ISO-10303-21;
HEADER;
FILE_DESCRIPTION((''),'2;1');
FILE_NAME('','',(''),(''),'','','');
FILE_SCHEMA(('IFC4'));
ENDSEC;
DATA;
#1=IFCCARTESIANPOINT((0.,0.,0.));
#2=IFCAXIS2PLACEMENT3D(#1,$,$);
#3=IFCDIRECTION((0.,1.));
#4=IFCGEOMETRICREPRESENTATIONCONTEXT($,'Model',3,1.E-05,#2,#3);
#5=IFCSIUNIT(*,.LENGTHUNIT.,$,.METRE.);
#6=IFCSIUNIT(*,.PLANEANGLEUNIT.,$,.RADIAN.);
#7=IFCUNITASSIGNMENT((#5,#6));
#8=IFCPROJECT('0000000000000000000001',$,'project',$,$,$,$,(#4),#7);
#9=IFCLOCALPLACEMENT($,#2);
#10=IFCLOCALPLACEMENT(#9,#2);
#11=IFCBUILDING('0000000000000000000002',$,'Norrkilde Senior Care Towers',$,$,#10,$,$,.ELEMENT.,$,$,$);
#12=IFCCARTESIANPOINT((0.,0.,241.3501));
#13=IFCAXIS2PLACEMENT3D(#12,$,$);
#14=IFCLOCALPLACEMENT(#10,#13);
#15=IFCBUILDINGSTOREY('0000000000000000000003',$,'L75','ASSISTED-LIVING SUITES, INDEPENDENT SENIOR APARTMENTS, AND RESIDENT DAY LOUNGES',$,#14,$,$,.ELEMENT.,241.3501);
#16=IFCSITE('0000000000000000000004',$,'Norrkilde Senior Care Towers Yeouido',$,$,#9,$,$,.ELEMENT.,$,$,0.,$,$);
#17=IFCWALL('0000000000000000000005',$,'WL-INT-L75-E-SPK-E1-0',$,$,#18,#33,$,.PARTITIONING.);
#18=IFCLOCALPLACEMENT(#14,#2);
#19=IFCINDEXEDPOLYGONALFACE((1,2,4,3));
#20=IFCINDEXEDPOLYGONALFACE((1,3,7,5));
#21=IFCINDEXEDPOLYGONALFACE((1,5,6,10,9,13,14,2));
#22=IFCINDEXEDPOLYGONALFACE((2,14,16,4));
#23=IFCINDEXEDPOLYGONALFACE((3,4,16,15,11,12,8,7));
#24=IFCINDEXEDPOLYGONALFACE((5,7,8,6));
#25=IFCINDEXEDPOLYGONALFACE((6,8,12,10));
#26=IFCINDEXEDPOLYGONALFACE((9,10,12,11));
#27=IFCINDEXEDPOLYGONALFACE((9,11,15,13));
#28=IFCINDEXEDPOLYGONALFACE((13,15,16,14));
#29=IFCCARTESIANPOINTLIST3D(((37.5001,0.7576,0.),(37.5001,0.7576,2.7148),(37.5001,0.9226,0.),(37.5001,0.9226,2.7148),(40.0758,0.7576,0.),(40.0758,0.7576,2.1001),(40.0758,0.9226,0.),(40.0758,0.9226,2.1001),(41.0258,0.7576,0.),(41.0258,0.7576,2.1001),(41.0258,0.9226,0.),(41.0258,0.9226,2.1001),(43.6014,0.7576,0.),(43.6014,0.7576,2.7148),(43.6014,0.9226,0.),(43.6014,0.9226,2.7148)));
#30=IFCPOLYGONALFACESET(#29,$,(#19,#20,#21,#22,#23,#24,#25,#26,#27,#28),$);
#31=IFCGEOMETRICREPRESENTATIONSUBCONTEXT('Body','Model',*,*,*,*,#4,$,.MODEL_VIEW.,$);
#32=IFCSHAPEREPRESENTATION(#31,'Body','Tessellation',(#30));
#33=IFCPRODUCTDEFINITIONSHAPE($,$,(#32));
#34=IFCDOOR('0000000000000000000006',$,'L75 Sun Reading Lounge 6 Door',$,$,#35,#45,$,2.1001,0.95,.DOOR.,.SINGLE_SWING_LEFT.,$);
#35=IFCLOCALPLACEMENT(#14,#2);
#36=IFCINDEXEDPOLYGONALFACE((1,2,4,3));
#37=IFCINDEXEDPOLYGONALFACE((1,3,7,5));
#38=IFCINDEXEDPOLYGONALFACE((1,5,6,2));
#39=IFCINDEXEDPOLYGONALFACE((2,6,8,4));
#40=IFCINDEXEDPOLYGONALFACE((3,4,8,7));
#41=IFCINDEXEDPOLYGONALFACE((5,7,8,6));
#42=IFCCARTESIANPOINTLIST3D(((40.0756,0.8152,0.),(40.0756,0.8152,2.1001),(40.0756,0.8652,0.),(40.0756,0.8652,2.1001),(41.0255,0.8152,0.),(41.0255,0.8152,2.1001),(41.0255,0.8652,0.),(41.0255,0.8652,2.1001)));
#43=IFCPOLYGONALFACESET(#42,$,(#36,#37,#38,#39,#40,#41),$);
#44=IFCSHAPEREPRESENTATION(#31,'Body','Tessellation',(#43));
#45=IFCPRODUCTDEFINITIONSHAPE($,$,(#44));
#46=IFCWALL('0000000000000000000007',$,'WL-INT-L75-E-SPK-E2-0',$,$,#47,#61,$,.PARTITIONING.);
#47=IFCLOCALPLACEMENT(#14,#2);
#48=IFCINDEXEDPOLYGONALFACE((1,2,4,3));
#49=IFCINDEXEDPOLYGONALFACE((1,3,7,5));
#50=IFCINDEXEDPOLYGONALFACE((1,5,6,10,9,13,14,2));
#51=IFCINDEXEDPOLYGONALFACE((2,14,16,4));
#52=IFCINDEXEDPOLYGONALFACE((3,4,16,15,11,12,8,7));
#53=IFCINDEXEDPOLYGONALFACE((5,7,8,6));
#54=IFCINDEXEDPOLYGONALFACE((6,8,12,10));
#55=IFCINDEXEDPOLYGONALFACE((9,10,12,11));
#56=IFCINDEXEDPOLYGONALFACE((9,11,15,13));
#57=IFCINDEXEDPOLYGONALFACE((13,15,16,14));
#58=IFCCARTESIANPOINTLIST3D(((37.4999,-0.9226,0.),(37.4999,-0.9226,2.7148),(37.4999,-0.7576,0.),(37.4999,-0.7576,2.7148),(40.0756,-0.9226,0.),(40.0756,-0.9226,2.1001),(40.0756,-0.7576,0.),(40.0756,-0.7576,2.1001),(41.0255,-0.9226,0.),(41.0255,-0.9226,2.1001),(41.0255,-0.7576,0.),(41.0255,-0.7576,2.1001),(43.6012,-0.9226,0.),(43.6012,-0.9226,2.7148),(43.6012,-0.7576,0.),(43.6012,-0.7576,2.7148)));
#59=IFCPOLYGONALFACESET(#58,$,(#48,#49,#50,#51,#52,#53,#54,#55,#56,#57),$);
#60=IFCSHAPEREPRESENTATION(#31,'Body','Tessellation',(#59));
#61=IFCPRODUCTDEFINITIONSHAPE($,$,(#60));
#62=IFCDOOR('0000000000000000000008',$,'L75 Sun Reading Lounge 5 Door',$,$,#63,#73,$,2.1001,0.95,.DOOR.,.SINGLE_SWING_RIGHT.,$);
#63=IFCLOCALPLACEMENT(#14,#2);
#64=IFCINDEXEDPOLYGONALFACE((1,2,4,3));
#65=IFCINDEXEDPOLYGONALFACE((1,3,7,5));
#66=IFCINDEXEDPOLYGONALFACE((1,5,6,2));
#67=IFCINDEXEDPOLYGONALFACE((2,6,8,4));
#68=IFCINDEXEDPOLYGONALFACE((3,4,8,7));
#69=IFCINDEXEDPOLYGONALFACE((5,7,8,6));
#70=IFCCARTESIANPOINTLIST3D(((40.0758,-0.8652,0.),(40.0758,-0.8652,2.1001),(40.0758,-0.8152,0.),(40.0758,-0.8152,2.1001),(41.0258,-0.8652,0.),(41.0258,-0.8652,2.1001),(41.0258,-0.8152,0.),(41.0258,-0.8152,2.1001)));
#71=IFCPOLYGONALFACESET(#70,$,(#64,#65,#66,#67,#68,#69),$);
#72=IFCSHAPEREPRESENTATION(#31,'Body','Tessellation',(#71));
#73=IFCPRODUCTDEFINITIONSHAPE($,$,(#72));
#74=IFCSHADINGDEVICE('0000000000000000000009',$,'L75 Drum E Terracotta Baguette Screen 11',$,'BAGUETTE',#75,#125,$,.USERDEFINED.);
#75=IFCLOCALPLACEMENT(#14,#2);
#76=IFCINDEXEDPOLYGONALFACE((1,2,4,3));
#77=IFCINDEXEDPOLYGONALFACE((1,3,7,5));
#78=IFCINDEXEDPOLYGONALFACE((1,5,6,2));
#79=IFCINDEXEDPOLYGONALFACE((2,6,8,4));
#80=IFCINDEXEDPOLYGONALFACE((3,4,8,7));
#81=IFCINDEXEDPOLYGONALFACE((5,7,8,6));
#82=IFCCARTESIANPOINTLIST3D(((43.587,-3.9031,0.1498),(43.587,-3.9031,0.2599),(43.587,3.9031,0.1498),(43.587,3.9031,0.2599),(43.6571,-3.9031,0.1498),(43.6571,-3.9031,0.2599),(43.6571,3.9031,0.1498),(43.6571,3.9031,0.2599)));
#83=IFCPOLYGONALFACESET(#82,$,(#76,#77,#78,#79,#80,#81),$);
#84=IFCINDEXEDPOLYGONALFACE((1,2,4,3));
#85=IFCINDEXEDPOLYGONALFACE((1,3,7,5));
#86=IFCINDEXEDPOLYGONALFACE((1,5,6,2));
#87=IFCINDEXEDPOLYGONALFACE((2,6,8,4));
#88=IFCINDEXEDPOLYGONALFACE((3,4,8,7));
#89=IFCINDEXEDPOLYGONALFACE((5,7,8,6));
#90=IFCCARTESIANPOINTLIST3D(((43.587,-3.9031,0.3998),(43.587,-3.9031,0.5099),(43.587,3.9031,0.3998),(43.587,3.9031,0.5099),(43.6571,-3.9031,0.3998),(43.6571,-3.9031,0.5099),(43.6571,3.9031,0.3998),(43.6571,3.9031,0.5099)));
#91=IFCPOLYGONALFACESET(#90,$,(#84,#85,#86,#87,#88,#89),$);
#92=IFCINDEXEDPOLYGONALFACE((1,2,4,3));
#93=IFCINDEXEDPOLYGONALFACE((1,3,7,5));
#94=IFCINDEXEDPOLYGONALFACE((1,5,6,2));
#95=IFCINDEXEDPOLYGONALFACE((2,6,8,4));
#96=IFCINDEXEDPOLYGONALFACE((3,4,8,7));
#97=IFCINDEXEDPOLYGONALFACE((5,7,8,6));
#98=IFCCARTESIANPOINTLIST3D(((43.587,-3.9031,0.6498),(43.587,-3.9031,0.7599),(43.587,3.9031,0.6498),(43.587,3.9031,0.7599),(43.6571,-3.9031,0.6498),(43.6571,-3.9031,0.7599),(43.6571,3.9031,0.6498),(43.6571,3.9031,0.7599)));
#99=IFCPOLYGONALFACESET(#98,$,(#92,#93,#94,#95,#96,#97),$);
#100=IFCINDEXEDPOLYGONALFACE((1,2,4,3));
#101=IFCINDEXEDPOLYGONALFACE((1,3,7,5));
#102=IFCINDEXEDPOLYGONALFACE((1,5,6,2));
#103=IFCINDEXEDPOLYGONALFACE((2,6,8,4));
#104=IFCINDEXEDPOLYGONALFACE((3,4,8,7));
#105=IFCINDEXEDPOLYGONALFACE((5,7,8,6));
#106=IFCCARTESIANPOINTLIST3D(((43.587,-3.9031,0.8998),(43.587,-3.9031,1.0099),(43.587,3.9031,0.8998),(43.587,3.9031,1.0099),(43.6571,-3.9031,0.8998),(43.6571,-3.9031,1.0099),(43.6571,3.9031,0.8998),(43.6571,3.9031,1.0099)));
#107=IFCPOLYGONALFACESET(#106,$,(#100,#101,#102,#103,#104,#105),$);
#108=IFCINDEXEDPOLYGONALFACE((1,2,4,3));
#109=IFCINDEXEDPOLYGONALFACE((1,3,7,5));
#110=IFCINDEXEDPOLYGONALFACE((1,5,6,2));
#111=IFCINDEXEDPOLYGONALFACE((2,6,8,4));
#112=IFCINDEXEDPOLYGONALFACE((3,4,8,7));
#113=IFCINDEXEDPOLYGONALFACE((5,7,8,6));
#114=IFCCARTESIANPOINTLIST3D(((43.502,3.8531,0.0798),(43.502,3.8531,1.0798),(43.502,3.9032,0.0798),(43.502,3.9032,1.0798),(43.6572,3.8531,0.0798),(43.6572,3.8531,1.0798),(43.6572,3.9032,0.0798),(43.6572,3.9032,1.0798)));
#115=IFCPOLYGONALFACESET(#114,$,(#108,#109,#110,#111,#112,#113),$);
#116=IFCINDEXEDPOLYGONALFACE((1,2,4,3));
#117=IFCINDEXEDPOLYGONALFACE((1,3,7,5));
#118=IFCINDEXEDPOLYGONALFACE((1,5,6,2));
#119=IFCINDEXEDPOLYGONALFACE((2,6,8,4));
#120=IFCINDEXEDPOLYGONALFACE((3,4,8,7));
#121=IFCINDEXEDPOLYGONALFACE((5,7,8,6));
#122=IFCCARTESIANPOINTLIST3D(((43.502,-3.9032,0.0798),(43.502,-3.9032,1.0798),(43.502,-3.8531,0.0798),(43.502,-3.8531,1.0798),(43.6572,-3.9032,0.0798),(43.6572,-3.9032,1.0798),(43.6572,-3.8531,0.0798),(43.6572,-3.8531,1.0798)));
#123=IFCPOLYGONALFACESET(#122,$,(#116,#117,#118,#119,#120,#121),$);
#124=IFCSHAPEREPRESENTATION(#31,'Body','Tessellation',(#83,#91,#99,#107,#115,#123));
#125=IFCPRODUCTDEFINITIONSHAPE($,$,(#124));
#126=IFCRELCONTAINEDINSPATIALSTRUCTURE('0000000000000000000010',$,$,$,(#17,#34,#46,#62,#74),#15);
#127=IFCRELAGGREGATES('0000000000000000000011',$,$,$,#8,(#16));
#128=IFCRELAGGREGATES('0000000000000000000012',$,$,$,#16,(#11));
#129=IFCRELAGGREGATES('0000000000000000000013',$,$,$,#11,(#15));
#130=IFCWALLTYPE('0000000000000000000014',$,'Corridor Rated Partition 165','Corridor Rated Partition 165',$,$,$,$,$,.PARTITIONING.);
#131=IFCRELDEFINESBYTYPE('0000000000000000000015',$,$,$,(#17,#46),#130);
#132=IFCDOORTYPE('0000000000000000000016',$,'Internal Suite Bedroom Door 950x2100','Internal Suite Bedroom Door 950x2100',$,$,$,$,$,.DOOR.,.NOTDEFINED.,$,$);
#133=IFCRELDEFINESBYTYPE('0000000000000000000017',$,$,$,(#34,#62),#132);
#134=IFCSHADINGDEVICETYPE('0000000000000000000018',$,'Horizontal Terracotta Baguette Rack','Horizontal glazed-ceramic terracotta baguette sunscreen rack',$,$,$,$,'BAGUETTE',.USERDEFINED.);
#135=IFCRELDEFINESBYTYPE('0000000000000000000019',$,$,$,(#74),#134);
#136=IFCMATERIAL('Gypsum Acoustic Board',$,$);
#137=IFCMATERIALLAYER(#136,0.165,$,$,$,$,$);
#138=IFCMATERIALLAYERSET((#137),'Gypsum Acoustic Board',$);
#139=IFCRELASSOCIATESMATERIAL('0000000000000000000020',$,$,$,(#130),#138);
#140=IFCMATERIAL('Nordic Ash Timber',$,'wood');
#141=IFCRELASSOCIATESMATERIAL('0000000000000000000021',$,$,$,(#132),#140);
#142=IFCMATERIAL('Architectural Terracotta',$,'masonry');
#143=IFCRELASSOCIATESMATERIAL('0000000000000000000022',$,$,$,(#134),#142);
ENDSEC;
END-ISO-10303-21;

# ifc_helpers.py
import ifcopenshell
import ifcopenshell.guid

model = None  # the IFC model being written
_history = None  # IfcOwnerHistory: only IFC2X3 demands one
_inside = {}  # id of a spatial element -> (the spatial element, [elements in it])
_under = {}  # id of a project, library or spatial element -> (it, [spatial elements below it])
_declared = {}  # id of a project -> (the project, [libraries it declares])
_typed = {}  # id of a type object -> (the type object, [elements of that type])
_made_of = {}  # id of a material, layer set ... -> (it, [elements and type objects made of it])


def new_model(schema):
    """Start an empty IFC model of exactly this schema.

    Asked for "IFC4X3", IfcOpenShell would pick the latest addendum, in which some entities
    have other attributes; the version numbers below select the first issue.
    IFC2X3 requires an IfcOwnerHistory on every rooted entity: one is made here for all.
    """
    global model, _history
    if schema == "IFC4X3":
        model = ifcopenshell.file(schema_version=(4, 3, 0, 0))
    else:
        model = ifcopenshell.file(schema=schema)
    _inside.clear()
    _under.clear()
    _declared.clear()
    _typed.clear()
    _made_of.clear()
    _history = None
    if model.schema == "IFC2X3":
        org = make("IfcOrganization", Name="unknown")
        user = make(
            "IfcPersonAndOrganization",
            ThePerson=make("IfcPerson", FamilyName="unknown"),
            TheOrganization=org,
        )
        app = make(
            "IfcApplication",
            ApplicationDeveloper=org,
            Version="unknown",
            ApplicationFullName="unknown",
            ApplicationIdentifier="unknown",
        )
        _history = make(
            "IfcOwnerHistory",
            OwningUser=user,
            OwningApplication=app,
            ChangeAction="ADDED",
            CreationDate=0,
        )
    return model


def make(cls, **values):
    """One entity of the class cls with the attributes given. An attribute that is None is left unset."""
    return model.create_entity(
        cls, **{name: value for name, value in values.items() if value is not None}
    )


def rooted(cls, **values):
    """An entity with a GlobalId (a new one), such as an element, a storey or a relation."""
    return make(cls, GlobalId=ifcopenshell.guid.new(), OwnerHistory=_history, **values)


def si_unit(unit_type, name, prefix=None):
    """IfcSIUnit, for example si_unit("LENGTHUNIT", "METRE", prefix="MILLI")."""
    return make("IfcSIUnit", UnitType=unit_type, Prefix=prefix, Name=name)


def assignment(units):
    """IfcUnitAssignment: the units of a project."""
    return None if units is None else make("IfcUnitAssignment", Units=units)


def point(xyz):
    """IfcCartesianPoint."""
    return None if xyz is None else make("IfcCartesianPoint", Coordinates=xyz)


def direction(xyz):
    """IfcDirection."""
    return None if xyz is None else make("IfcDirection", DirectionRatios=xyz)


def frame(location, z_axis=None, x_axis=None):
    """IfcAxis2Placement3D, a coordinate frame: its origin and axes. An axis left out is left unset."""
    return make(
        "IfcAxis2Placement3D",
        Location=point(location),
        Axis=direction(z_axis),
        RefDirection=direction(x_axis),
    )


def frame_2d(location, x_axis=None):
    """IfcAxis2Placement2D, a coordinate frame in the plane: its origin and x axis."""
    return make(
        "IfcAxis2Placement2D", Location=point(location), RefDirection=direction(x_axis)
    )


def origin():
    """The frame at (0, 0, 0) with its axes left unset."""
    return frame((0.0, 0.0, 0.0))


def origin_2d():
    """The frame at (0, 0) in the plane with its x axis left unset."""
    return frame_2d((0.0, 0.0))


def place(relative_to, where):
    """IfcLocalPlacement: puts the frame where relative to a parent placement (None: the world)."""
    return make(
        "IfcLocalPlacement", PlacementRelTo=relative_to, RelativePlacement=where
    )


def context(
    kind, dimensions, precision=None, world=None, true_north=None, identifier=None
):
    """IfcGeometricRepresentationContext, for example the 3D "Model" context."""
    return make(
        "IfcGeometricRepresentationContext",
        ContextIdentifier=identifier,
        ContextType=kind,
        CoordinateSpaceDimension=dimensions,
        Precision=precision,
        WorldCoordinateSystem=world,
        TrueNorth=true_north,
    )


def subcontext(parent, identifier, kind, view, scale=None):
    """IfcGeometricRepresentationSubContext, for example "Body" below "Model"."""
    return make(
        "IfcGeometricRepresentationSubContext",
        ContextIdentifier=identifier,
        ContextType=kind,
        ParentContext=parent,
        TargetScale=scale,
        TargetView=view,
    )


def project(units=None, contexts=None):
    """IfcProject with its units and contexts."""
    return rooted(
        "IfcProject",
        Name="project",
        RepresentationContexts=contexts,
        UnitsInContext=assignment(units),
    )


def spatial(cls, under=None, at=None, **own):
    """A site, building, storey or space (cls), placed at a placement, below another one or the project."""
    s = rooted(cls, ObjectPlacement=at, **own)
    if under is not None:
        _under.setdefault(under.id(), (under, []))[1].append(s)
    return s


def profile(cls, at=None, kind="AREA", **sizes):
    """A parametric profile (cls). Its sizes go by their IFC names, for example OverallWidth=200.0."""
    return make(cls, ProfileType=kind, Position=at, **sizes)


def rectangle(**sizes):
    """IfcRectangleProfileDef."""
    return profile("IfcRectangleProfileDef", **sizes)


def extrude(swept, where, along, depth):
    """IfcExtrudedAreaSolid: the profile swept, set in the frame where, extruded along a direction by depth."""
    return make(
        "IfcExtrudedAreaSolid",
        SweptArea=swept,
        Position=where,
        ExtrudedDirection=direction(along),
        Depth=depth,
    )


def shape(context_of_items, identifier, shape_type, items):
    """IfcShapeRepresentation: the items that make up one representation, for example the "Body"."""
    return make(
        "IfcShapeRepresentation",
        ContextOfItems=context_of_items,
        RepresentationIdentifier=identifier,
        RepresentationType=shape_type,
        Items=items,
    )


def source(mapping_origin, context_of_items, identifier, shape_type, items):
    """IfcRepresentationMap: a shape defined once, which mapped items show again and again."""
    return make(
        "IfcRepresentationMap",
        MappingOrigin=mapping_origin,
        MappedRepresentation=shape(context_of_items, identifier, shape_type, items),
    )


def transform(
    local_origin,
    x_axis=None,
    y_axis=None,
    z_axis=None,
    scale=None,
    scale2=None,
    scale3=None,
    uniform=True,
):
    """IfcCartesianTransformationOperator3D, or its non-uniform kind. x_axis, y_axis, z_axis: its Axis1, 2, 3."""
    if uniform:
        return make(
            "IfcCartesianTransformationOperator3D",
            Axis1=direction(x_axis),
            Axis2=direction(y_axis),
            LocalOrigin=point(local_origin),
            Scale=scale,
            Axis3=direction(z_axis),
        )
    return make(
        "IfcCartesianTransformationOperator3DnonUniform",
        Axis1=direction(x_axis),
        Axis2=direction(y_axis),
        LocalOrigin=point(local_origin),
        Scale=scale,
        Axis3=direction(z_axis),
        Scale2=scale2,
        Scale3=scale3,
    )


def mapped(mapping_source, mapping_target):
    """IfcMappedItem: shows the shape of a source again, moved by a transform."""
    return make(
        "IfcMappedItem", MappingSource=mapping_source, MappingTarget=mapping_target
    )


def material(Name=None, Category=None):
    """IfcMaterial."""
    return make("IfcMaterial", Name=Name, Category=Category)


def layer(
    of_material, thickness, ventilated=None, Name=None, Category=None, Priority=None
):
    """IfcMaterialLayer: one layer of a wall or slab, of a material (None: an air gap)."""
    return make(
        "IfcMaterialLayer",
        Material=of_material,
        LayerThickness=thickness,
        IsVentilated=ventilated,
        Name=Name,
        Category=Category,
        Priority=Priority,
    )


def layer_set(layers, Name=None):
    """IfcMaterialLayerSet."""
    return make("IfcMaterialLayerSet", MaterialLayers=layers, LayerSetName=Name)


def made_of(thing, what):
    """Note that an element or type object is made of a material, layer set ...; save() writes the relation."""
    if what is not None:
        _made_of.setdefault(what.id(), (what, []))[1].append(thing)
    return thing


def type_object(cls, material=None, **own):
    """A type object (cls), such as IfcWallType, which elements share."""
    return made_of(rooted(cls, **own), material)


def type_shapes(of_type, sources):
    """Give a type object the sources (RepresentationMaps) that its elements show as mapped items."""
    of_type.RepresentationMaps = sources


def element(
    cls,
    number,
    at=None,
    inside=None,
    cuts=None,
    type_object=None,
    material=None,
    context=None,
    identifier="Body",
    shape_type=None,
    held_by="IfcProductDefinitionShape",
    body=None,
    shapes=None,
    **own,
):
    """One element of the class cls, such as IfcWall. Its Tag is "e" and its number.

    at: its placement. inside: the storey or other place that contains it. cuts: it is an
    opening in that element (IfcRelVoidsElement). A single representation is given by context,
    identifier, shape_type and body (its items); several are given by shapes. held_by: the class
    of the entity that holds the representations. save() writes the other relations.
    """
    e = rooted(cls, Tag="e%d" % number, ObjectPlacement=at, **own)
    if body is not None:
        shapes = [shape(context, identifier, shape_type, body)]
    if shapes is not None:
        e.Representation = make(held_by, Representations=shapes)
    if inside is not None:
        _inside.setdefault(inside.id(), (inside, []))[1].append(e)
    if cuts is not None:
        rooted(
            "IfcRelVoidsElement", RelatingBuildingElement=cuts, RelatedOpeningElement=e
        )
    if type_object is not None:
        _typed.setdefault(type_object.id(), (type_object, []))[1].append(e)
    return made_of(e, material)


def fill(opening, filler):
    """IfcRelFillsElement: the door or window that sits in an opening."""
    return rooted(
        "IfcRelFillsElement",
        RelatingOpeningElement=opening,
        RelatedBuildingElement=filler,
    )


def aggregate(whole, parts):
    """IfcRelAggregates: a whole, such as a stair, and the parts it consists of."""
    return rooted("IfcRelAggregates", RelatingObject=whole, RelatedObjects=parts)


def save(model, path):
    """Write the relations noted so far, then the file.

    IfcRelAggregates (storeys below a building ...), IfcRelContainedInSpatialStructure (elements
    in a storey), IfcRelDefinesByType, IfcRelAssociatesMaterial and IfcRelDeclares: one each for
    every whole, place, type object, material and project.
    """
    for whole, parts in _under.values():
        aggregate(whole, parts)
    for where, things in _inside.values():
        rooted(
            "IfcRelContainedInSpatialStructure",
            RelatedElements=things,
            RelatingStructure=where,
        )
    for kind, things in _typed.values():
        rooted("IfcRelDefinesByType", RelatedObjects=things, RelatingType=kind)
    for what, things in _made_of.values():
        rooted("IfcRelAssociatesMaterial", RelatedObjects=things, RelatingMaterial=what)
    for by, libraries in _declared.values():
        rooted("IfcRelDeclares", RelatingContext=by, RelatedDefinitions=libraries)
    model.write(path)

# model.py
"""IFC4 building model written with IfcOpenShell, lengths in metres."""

from ifc_helpers import new_model, si_unit, direction, frame, frame_2d, origin, origin_2d, place, context, subcontext, project, spatial, rectangle, extrude, source, transform, mapped, material, layer, layer_set, type_object, type_shapes, element, fill, save


model = new_model("IFC4")

# Units and contexts
model_context = context("Model", 3, precision=1e-05, world=origin(), true_north=direction((0.0, 1.0)))
body_context = subcontext(model_context, "Body", "Model", "MODEL_VIEW")
ifc_project = project(units=[si_unit("LENGTHUNIT", "METRE"), si_unit("PLANEANGLEUNIT", "RADIAN")], contexts=[model_context])

# Site, building, storey
site_placement = place(None, origin())
site = spatial("IfcSite", under=ifc_project, at=site_placement, Name="Norrkilde Senior Care Towers Yeouido", CompositionType="ELEMENT", RefElevation=0.0)
building_placement = place(site_placement, origin())
building = spatial("IfcBuilding", under=site, at=building_placement, Name="Norrkilde Senior Care Towers", CompositionType="ELEMENT")
storey_placement = place(building_placement, frame((0.0, 0.0, 241.3501)))
storey = spatial("IfcBuildingStorey", under=building, at=storey_placement, Name="L75", Description="ASSISTED-LIVING SUITES, INDEPENDENT SENIOR APARTMENTS, AND RESIDENT DAY LOUNGES", CompositionType="ELEMENT", Elevation=241.3501)

# Shared definitions
ifc_material_1 = material(Name="Gypsum Acoustic Board")
ifc_layer_1 = layer(ifc_material_1, 0.165)
ifc_layer_set_1 = layer_set([ifc_layer_1], Name="Gypsum Acoustic Board")
wall_type_1 = type_object("IfcWallType", Name="Corridor Rated Partition 165", Description="Corridor Rated Partition 165", PredefinedType="PARTITIONING", material=ifc_layer_set_1)

# Shared definitions
ifc_material_2 = material(Name="Nordic Ash Timber", Category="wood")

# Walls, openings, doors
shared_shape_1 = source(origin(), body_context, "Body", "SweptSolid", [
    extrude(rectangle(XDim=6.1013, YDim=0.165, at=frame_2d((3.0508, 0.0))), origin(), (0.0, 0.0, 1.0), 2.7148),
])
wall_1_placement = place(storey_placement, frame((37.5, 0.8401, 0.0), z_axis=(0.0, 0.0, 1.0), x_axis=(1.0, 0.0, 0.0)))
wall_1 = element("IfcWall", 1, at=wall_1_placement, inside=storey, type_object=wall_type_1, Name="WL-INT-L75-E-SPK-E1-0", PredefinedType="PARTITIONING", context=body_context, shape_type="MappedRepresentation", body=[
    mapped(shared_shape_1, transform((0.0, 0.0, 0.0), x_axis=(1.0, 0.0, 0.0), y_axis=(0.0, 1.0, 0.0), z_axis=(0.0, 0.0, 1.0), scale=1.0)),
])
opening_1_placement = place(wall_1_placement, frame((2.5757, 0.0, 0.0)))
opening_1 = element("IfcOpeningElement", 2, at=opening_1_placement, cuts=wall_1, PredefinedType="OPENING", context=body_context, shape_type="SweptSolid", body=[
    extrude(rectangle(XDim=0.95, YDim=2.1001, at=frame_2d((0.4751, 1.05))), frame((0.0, 0.0925, 0.0), z_axis=(0.0, -1.0, 0.0), x_axis=(1.0, 0.0, 0.0)), (0.0, 0.0, 1.0), 0.1851),
])
door_type_1 = type_object("IfcDoorType", Name="Internal Suite Bedroom Door 950x2100", Description="Internal Suite Bedroom Door 950x2100", OperationType="NOTDEFINED", PredefinedType="DOOR", material=ifc_material_2)
shared_shape_2 = source(origin(), body_context, "Body", "SweptSolid", [
    extrude(rectangle(XDim=0.95, YDim=2.1001, at=frame_2d((0.4751, 1.05))), frame((0.0, 0.0249, 0.0), z_axis=(0.0, -1.0, 0.0), x_axis=(1.0, 0.0, 0.0)), (0.0, 0.0, 1.0), 0.05),
])
type_shapes(door_type_1, [shared_shape_2])
door_1_placement = place(opening_1_placement, frame((0.95, 0.0, 0.0), z_axis=(0.0, 0.0, 1.0), x_axis=(-1.0, 0.0, 0.0)))
door_1 = element("IfcDoor", 3, at=door_1_placement, inside=storey, type_object=door_type_1, Name="L75 Sun Reading Lounge 6 Door", OperationType="SINGLE_SWING_LEFT", OverallHeight=2.1001, OverallWidth=0.95, PredefinedType="DOOR", context=body_context, shape_type="MappedRepresentation", body=[
    mapped(shared_shape_2, transform((0.0, 0.0, 0.0), x_axis=(1.0, 0.0, 0.0), y_axis=(0.0, 1.0, 0.0), z_axis=(0.0, 0.0, 1.0), scale=1.0)),
])
fill(opening_1, door_1)
wall_2_placement = place(storey_placement, frame((43.6013, -0.8401, 0.0), z_axis=(0.0, 0.0, 1.0), x_axis=(-1.0, 0.0, 0.0)))
wall_2 = element("IfcWall", 4, at=wall_2_placement, inside=storey, type_object=wall_type_1, Name="WL-INT-L75-E-SPK-E2-0", PredefinedType="PARTITIONING", context=body_context, shape_type="MappedRepresentation", body=[
    mapped(shared_shape_1, transform((0.0, 0.0, 0.0), x_axis=(1.0, 0.0, 0.0), y_axis=(0.0, 1.0, 0.0), z_axis=(0.0, 0.0, 1.0), scale=1.0)),
])
opening_2_placement = place(wall_2_placement, frame((2.5757, 0.0, 0.0)))
opening_2 = element("IfcOpeningElement", 5, at=opening_2_placement, cuts=wall_2, PredefinedType="OPENING", context=body_context, shape_type="SweptSolid", body=[
    extrude(rectangle(XDim=0.95, YDim=2.1001, at=frame_2d((0.4751, 1.05))), frame((0.0, 0.0925, 0.0), z_axis=(0.0, -1.0, 0.0), x_axis=(1.0, 0.0, 0.0)), (0.0, 0.0, 1.0), 0.1851),
])
door_2_placement = place(opening_2_placement, frame((0.95, 0.0, 0.0), z_axis=(0.0, 0.0, 1.0), x_axis=(-1.0, 0.0, 0.0)))
door_2 = element("IfcDoor", 6, at=door_2_placement, inside=storey, type_object=door_type_1, Name="L75 Sun Reading Lounge 5 Door", OperationType="SINGLE_SWING_RIGHT", OverallHeight=2.1001, OverallWidth=0.95, PredefinedType="DOOR", context=body_context, shape_type="MappedRepresentation", body=[
    mapped(shared_shape_2, transform((0.0, 0.0, 0.0), x_axis=(1.0, 0.0, 0.0), y_axis=(0.0, 1.0, 0.0), z_axis=(0.0, 0.0, 1.0), scale=1.0)),
])
fill(opening_2, door_2)

# Shading device
ifc_material_3 = material(Name="Architectural Terracotta", Category="masonry")
shading_device_type = type_object("IfcShadingDeviceType", Name="Horizontal Terracotta Baguette Rack", Description="Horizontal glazed-ceramic terracotta baguette sunscreen rack", ElementType="BAGUETTE", PredefinedType="USERDEFINED", material=ifc_material_3)
shared_shape_3 = source(origin(), body_context, "Body", "SweptSolid", [
    extrude(rectangle(XDim=0.0701, YDim=0.1101, at=origin_2d()), frame((0.0, 0.0901, 0.125), z_axis=(1.0, 0.0, 0.0), x_axis=(0.0, 1.0, 0.0)), (0.0, 0.0, 1.0), 7.8062),
    extrude(rectangle(XDim=0.0701, YDim=0.1101, at=origin_2d()), frame((0.0, 0.0901, 0.375), z_axis=(1.0, 0.0, 0.0), x_axis=(0.0, 1.0, 0.0)), (0.0, 0.0, 1.0), 7.8062),
    extrude(rectangle(XDim=0.0701, YDim=0.1101, at=origin_2d()), frame((0.0, 0.0901, 0.625), z_axis=(1.0, 0.0, 0.0), x_axis=(0.0, 1.0, 0.0)), (0.0, 0.0, 1.0), 7.8062),
    extrude(rectangle(XDim=0.0701, YDim=0.1101, at=origin_2d()), frame((0.0, 0.0901, 0.875), z_axis=(1.0, 0.0, 0.0), x_axis=(0.0, 1.0, 0.0)), (0.0, 0.0, 1.0), 7.8062),
    extrude(rectangle(XDim=0.05, YDim=0.1553, at=origin_2d()), frame((0.0249, 0.0476, 0.0)), (0.0, 0.0, 1.0), 1.0),
    extrude(rectangle(XDim=0.05, YDim=0.1553, at=origin_2d()), frame((7.7812, 0.0476, 0.0)), (0.0, 0.0, 1.0), 1.0),
])
type_shapes(shading_device_type, [shared_shape_3])
shading_device_placement = place(storey_placement, frame((43.532, 3.9031, 0.0798), z_axis=(0.0, 0.0, 1.0), x_axis=(0.0, -1.0, 0.0)))
element("IfcShadingDevice", 7, at=shading_device_placement, inside=storey, type_object=shading_device_type, Name="L75 Drum E Terracotta Baguette Screen 11", ObjectType="BAGUETTE", PredefinedType="USERDEFINED", context=body_context, shape_type="MappedRepresentation", body=[
    mapped(shared_shape_3, transform((0.0, 0.0, 0.0), x_axis=(1.0, 0.0, 0.0), y_axis=(0.0, 1.0, 0.0), z_axis=(0.0, 0.0, 1.0), scale=1.0)),
])

save(model, "model.ifc")
